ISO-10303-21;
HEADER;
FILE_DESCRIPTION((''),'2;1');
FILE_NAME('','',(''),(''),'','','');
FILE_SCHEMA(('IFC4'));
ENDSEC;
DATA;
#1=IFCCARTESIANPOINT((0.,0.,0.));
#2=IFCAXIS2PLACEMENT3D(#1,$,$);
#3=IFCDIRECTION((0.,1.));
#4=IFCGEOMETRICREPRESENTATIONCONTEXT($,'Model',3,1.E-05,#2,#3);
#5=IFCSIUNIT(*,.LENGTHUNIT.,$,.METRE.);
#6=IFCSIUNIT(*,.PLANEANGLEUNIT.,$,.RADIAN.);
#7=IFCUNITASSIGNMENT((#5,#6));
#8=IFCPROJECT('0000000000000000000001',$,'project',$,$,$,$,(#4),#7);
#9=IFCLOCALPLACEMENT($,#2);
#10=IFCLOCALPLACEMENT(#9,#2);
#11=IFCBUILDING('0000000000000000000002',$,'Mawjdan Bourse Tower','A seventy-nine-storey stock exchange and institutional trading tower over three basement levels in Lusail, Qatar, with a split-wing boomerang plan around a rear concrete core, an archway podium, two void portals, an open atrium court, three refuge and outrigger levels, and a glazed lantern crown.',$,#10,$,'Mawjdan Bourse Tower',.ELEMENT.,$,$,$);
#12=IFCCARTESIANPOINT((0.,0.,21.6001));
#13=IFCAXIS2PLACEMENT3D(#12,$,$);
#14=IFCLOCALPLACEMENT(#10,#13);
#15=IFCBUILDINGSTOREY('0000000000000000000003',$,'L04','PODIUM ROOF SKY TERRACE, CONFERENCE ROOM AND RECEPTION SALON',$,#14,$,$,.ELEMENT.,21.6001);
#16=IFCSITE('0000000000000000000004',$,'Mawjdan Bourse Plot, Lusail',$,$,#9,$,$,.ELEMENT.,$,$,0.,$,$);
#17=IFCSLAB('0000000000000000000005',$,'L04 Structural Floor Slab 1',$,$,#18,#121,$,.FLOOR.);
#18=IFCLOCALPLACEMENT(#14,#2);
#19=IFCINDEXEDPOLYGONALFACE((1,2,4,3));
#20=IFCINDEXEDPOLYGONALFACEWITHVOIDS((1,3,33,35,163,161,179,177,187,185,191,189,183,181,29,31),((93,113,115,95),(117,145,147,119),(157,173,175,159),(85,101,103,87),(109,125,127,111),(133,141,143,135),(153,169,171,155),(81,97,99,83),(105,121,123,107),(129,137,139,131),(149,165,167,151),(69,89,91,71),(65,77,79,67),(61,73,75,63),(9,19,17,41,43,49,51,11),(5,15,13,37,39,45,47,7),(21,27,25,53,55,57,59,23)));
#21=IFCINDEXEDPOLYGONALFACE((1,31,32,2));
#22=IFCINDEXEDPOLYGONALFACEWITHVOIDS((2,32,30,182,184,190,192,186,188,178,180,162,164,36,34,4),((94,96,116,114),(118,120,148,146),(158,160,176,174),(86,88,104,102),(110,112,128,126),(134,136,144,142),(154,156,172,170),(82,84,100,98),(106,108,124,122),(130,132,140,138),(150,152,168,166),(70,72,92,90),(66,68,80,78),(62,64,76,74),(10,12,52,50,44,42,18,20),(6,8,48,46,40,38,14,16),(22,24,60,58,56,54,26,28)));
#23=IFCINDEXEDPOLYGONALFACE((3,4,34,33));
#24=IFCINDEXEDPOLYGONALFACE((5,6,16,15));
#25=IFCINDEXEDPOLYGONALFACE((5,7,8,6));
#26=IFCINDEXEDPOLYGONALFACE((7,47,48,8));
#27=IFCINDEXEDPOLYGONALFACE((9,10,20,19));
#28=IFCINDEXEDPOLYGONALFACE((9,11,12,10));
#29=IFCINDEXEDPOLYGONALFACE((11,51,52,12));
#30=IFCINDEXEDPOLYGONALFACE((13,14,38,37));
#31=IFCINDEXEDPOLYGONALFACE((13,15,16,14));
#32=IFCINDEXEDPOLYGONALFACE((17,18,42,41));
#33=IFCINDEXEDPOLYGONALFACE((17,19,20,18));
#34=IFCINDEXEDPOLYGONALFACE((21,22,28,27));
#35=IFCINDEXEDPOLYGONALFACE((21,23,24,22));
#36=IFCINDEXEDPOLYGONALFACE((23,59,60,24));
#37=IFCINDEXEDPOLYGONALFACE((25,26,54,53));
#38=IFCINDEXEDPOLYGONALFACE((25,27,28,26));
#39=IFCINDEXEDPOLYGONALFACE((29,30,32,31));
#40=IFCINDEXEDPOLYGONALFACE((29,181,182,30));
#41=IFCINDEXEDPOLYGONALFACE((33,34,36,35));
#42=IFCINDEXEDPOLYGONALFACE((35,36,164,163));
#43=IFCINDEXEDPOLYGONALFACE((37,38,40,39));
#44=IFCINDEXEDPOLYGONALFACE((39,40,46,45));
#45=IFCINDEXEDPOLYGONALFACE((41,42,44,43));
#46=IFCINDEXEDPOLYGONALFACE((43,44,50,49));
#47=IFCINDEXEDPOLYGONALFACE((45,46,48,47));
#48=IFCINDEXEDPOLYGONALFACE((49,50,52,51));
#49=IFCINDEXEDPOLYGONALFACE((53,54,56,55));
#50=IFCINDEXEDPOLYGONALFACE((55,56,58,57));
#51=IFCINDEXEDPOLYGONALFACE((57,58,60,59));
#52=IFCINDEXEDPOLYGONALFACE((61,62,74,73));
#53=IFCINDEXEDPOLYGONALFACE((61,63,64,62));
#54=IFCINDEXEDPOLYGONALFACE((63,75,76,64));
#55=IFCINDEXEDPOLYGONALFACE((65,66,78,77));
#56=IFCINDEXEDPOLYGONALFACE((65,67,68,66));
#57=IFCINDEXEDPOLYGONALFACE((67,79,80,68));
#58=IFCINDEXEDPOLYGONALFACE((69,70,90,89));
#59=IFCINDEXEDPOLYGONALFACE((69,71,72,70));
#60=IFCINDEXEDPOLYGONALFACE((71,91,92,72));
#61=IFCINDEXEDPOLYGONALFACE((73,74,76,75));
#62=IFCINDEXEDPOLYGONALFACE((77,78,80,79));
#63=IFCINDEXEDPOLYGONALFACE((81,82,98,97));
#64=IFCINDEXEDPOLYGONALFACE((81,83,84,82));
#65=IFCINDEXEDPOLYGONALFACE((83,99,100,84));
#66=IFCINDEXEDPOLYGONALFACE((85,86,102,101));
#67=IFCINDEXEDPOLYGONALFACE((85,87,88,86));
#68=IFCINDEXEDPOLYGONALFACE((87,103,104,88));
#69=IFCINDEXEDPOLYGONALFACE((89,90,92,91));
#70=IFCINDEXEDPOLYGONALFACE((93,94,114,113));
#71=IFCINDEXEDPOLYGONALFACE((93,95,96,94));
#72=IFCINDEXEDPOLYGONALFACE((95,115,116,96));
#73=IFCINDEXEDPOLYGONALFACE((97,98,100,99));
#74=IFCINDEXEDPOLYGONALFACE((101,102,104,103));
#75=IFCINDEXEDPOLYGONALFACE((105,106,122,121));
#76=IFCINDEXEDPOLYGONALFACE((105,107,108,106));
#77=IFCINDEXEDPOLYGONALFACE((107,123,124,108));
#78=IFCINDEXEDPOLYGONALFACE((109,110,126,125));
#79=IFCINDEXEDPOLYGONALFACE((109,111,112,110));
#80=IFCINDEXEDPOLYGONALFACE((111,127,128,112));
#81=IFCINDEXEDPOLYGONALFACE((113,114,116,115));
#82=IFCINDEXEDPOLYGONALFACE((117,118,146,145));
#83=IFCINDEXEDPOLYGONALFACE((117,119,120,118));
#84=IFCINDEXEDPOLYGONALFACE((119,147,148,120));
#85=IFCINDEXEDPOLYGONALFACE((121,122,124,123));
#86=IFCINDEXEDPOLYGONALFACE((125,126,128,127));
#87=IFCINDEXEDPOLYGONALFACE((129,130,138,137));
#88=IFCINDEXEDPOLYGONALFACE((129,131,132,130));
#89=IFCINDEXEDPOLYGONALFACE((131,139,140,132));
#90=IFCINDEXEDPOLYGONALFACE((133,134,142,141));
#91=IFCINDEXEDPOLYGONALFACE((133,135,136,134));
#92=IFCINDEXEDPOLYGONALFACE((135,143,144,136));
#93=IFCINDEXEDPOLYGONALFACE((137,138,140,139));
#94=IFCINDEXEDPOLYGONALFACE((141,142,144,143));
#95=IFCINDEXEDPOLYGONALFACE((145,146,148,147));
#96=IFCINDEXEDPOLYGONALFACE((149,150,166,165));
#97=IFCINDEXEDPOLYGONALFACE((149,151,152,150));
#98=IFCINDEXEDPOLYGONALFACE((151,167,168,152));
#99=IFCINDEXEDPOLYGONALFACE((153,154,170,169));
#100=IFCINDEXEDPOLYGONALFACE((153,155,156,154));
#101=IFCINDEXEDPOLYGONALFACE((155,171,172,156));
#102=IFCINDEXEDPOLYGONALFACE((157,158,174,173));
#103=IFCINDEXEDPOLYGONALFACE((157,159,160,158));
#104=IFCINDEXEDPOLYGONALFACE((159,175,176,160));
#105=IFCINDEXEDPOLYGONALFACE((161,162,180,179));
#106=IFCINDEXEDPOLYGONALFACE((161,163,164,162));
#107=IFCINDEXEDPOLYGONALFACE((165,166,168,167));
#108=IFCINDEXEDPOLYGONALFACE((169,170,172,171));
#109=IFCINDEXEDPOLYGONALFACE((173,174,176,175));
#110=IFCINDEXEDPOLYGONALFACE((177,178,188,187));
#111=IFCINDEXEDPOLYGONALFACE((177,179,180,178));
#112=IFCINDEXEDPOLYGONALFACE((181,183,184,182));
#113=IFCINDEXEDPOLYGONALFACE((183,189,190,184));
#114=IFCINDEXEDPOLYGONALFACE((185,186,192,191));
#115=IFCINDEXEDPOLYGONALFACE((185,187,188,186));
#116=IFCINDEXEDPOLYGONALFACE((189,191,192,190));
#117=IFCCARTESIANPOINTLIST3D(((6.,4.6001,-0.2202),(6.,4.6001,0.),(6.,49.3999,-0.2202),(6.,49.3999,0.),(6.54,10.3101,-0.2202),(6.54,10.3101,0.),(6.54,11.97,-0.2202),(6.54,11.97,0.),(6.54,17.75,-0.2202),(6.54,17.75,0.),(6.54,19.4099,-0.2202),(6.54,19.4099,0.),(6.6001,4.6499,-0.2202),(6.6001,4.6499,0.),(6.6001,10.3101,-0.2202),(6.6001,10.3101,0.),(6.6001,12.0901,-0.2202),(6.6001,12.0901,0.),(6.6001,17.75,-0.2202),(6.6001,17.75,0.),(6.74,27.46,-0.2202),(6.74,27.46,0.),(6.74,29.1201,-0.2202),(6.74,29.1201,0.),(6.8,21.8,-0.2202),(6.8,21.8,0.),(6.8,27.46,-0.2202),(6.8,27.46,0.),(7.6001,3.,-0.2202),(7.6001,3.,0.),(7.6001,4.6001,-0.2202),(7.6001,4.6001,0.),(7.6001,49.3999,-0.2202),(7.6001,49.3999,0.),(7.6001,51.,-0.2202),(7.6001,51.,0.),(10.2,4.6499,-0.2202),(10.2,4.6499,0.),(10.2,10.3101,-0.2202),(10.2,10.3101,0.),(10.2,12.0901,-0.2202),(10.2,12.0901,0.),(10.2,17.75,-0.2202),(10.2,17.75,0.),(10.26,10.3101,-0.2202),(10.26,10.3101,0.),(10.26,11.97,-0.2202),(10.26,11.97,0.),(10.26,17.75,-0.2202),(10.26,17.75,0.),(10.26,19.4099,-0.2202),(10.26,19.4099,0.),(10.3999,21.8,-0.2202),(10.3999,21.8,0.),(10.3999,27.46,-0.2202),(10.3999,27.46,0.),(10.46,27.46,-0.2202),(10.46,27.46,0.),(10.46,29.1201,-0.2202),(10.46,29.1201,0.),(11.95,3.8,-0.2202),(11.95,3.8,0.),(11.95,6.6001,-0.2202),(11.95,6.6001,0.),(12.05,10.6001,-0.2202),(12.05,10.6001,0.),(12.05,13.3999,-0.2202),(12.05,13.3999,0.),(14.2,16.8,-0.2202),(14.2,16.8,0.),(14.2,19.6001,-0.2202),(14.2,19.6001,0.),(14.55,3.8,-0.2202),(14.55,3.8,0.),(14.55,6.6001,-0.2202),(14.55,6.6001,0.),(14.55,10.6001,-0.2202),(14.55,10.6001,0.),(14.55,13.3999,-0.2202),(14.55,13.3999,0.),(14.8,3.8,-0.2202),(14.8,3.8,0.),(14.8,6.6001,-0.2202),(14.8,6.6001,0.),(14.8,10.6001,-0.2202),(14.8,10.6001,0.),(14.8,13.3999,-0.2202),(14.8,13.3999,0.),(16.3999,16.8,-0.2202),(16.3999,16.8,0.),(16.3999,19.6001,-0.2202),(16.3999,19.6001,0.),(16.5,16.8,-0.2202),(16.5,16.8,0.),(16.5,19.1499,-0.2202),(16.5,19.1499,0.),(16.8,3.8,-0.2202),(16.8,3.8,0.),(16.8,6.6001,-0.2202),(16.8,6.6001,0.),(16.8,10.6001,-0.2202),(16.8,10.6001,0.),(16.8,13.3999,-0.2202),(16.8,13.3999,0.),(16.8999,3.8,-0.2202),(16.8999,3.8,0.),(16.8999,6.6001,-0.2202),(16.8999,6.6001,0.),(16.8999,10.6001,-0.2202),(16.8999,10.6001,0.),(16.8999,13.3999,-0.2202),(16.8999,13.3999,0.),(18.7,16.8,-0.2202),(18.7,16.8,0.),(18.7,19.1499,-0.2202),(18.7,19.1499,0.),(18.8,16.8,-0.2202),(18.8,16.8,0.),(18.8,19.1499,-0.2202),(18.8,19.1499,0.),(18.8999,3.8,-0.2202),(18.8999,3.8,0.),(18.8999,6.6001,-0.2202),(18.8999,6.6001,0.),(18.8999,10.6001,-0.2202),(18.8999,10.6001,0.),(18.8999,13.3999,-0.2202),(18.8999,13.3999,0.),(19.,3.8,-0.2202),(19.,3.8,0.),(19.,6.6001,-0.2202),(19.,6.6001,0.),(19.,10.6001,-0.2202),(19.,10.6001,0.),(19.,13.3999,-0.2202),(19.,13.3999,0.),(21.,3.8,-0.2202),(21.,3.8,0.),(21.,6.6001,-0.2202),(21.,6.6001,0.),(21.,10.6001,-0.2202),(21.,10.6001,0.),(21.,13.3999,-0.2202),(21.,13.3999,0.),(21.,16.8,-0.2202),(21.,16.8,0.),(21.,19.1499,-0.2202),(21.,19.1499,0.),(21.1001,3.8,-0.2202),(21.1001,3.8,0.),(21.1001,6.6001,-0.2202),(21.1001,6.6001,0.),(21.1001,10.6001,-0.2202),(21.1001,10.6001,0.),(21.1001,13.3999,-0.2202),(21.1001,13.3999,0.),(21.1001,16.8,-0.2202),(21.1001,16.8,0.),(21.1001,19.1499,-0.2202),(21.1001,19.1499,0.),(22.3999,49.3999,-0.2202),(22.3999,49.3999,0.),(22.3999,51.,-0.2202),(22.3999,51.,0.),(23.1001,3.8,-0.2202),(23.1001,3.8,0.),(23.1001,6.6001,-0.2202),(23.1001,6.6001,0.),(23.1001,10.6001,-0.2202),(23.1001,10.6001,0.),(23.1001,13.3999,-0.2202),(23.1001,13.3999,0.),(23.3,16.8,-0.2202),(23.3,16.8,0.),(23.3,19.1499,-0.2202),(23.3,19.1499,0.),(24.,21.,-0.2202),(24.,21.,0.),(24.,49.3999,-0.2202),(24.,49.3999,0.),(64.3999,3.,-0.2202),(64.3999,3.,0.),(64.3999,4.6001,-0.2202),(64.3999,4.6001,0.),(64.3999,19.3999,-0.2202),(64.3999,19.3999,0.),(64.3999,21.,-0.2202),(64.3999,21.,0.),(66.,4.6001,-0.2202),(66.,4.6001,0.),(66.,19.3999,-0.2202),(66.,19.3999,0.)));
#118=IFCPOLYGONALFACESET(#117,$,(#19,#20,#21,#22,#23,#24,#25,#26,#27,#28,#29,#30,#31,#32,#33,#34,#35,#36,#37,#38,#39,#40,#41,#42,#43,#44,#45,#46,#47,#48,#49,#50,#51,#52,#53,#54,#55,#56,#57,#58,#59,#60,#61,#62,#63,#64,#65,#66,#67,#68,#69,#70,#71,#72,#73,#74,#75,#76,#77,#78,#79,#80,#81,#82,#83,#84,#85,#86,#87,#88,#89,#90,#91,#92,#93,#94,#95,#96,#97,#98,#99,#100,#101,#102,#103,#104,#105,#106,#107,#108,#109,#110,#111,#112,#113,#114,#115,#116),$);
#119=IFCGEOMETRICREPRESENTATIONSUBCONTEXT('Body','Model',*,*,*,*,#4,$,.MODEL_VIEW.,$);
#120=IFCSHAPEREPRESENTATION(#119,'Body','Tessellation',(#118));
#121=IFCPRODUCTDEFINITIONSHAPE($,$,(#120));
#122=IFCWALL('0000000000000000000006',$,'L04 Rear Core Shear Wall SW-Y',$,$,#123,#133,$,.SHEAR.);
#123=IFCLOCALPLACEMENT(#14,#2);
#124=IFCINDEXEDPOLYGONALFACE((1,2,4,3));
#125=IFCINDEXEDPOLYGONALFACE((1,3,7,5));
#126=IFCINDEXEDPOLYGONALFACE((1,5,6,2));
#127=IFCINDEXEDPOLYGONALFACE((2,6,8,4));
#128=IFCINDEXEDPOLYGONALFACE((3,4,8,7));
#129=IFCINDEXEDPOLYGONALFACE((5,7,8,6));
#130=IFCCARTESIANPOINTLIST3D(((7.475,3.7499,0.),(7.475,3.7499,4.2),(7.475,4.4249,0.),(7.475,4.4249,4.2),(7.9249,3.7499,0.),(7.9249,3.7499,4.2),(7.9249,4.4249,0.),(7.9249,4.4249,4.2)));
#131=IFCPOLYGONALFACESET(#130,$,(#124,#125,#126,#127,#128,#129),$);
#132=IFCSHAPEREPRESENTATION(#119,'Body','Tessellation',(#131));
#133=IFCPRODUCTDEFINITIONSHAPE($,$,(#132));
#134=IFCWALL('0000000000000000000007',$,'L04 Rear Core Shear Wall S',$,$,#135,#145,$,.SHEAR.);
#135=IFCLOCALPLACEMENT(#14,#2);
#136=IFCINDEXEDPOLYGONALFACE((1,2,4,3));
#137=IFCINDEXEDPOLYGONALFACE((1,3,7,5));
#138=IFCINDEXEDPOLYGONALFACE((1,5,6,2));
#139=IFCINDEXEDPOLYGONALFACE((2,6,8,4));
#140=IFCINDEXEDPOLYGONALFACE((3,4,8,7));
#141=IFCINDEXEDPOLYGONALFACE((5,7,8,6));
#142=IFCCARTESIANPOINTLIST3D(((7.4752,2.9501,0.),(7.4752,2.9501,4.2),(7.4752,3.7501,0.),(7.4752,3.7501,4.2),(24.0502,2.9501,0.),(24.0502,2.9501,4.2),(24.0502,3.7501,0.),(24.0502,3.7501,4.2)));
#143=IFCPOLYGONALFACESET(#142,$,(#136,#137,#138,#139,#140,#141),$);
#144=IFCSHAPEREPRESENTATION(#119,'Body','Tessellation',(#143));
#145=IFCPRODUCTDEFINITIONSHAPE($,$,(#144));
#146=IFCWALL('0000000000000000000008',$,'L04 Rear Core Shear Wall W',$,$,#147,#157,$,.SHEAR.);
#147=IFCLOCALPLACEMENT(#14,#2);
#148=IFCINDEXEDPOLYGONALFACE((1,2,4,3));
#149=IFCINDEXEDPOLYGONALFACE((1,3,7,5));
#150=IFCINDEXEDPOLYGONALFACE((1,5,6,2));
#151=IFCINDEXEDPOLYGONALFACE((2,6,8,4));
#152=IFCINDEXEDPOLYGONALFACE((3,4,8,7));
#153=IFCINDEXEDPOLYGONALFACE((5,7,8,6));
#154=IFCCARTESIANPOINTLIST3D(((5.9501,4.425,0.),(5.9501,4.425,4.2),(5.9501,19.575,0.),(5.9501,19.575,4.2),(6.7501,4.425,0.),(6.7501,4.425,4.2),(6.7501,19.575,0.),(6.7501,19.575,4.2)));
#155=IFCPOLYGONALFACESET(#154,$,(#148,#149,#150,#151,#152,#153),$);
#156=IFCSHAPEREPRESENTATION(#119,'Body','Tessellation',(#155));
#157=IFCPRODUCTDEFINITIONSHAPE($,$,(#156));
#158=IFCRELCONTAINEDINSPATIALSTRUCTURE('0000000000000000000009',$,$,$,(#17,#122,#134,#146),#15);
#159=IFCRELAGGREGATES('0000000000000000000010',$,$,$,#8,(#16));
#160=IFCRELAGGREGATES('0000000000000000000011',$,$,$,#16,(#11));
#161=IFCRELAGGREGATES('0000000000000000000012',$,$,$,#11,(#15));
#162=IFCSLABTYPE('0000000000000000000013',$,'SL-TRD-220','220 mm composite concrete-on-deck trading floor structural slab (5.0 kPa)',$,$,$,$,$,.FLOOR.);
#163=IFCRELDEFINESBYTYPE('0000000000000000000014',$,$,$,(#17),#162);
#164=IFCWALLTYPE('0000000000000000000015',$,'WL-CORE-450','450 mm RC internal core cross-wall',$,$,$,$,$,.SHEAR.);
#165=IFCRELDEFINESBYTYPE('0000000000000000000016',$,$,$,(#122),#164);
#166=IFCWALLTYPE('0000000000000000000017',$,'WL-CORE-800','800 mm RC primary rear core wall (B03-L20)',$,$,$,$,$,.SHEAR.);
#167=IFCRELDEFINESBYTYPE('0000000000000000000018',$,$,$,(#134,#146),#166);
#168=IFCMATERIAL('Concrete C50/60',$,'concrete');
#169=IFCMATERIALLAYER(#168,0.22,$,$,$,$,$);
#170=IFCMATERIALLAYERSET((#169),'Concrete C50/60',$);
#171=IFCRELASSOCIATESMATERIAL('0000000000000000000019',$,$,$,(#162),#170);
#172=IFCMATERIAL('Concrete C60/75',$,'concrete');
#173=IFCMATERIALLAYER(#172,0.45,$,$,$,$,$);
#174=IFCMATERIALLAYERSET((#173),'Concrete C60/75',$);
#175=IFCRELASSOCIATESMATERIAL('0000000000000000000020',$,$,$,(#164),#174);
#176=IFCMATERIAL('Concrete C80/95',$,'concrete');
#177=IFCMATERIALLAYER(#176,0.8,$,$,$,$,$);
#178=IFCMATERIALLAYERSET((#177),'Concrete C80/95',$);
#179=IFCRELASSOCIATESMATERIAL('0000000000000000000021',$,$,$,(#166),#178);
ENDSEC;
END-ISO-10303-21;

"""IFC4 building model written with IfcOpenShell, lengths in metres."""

from ifc_helpers import new_model, si_unit, direction, frame, frame_2d, origin, place, context, subcontext, project, spatial, polyline, rectangle, outline, extrude, material, layer, layer_set, type_object, element, save


model = new_model("IFC4")

# Units and contexts
model_context = context("Model", 3, precision=1e-05, world=origin(), true_north=direction((0.0, 1.0)))
body_context = subcontext(model_context, "Body", "Model", "MODEL_VIEW")
ifc_project = project(units=[si_unit("LENGTHUNIT", "METRE"), si_unit("PLANEANGLEUNIT", "RADIAN")], contexts=[model_context])

# Site, building, storey
site_placement = place(None, origin())
site = spatial("IfcSite", under=ifc_project, at=site_placement, Name="Mawjdan Bourse Plot, Lusail", CompositionType="ELEMENT", RefElevation=0.0)
building_placement = place(site_placement, origin())
building = spatial("IfcBuilding", under=site, at=building_placement, Name="Mawjdan Bourse Tower", Description="A seventy-nine-storey stock exchange and institutional trading tower over three basement levels in Lusail, Qatar, with a split-wing boomerang plan around a rear concrete core, an archway podium, two void portals, an open atrium court, three refuge and outrigger levels, and a glazed lantern crown.", LongName="Mawjdan Bourse Tower", CompositionType="ELEMENT")
storey_placement = place(building_placement, frame((0.0, 0.0, 21.6001)))
storey = spatial("IfcBuildingStorey", under=building, at=storey_placement, Name="L04", Description="PODIUM ROOF SKY TERRACE, CONFERENCE ROOM AND RECEPTION SALON", CompositionType="ELEMENT", Elevation=21.6001)

# Shared definitions
ifc_material_1 = material(Name="Concrete C50/60", Category="concrete")

# Slab
ifc_layer_1 = layer(ifc_material_1, 0.22)
ifc_layer_set_1 = layer_set([ifc_layer_1], Name="Concrete C50/60")
slab_type_1 = type_object("IfcSlabType", Name="SL-TRD-220", Description="220 mm composite concrete-on-deck trading floor structural slab (5.0 kPa)", PredefinedType="FLOOR", material=ifc_layer_set_1)
slab_1_placement = place(storey_placement, frame((0.0, 0.0, -0.2202)))
element("IfcSlab", 1, at=slab_1_placement, inside=storey, type_object=slab_type_1, Name="L04 Structural Floor Slab 1", PredefinedType="FLOOR", context=body_context, shape_type="SweptSolid", body=[
    extrude(outline(polyline([(7.6001, 3.0), (64.3999, 3.0), (64.3999, 4.6001), (66.0, 4.6001), (66.0, 19.3999), (64.3999, 19.3999), (64.3999, 21.0), (24.0, 21.0), (24.0, 49.3999), (22.3999, 49.3999), (22.3999, 51.0), (7.6001, 51.0), (7.6001, 49.3999), (6.0, 49.3999), (6.0, 4.6001), (7.6001, 4.6001), (7.6001, 3.0)]), holes=[polyline([(11.95, 3.8), (11.95, 6.6001), (14.55, 6.6001), (14.55, 3.8), (11.95, 3.8)]), polyline([(14.8, 3.8), (14.8, 6.6001), (16.8, 6.6001), (16.8, 3.8), (14.8, 3.8)]), polyline([(10.26, 11.97), (10.26, 10.3101), (10.2, 10.3101), (10.2, 4.6499), (6.6001, 4.6499), (6.6001, 10.3101), (6.54, 10.3101), (6.54, 11.97), (10.26, 11.97)]), polyline([(12.05, 13.3999), (14.55, 13.3999), (14.55, 10.6001), (12.05, 10.6001), (12.05, 13.3999)]), polyline([(6.6001, 17.75), (6.54, 17.75), (6.54, 19.4099), (10.26, 19.4099), (10.26, 17.75), (10.2, 17.75), (10.2, 12.0901), (6.6001, 12.0901), (6.6001, 17.75)]), polyline([(14.2, 16.8), (14.2, 19.6001), (16.3999, 19.6001), (16.3999, 16.8), (14.2, 16.8)]), polyline([(10.46, 27.46), (10.3999, 27.46), (10.3999, 21.8), (6.8, 21.8), (6.8, 27.46), (6.74, 27.46), (6.74, 29.1201), (10.46, 29.1201), (10.46, 27.46)]), polyline([(16.8999, 3.8), (16.8999, 6.6001), (18.8999, 6.6001), (18.8999, 3.8), (16.8999, 3.8)]), polyline([(19.0, 3.8), (19.0, 6.6001), (21.0, 6.6001), (21.0, 3.8), (19.0, 3.8)]), polyline([(21.1001, 3.8), (21.1001, 6.6001), (23.1001, 6.6001), (23.1001, 3.8), (21.1001, 3.8)]), polyline([(14.8, 13.3999), (16.8, 13.3999), (16.8, 10.6001), (14.8, 10.6001), (14.8, 13.3999)]), polyline([(16.8999, 13.3999), (18.8999, 13.3999), (18.8999, 10.6001), (16.8999, 10.6001), (16.8999, 13.3999)]), polyline([(19.0, 10.6001), (19.0, 13.3999), (21.0, 13.3999), (21.0, 10.6001), (19.0, 10.6001)]), polyline([(21.1001, 10.6001), (21.1001, 13.3999), (23.1001, 13.3999), (23.1001, 10.6001), (21.1001, 10.6001)]), polyline([(16.5, 16.8), (16.5, 19.1499), (18.7, 19.1499), (18.7, 16.8), (16.5, 16.8)]), polyline([(18.8, 19.1499), (21.0, 19.1499), (21.0, 16.8), (18.8, 16.8), (18.8, 19.1499)]), polyline([(21.1001, 19.1499), (23.3, 19.1499), (23.3, 16.8), (21.1001, 16.8), (21.1001, 19.1499)])]), origin(), (0.0, 0.0, 1.0), 0.2202),
])

# Walls
ifc_material_2 = material(Name="Concrete C60/75", Category="concrete")
ifc_layer_2 = layer(ifc_material_2, 0.45)
ifc_layer_set_2 = layer_set([ifc_layer_2], Name="Concrete C60/75")
wall_type_1 = type_object("IfcWallType", Name="WL-CORE-450", Description="450 mm RC internal core cross-wall", PredefinedType="SHEAR", material=ifc_layer_set_2)
wall_1_placement = place(storey_placement, frame((7.7, 3.75, 0.0), z_axis=(0.0, 0.0, 1.0), x_axis=(0.0, 1.0, 0.0)))
element("IfcWall", 2, at=wall_1_placement, inside=storey, type_object=wall_type_1, Name="L04 Rear Core Shear Wall SW-Y", PredefinedType="SHEAR", context=body_context, shape_type="SweptSolid", body=[
    extrude(rectangle(XDim=0.675, YDim=0.45, at=frame_2d((0.3374, 0.0))), origin(), (0.0, 0.0, 1.0), 4.2),
])
ifc_material_3 = material(Name="Concrete C80/95", Category="concrete")
ifc_layer_3 = layer(ifc_material_3, 0.8)
ifc_layer_set_3 = layer_set([ifc_layer_3], Name="Concrete C80/95")
wall_type_2 = type_object("IfcWallType", Name="WL-CORE-800", Description="800 mm RC primary rear core wall (B03-L20)", PredefinedType="SHEAR", material=ifc_layer_set_3)
wall_2_placement = place(storey_placement, frame((7.4751, 3.3501, 0.0), z_axis=(0.0, 0.0, 1.0), x_axis=(1.0, 0.0, 0.0)))
element("IfcWall", 3, at=wall_2_placement, inside=storey, type_object=wall_type_2, Name="L04 Rear Core Shear Wall S", PredefinedType="SHEAR", context=body_context, shape_type="SweptSolid", body=[
    extrude(rectangle(XDim=16.575, YDim=0.8, at=frame_2d((8.2876, 0.0))), origin(), (0.0, 0.0, 1.0), 4.2),
])
wall_3_placement = place(storey_placement, frame((6.3501, 4.425, 0.0), z_axis=(0.0, 0.0, 1.0), x_axis=(0.0, 1.0, 0.0)))
element("IfcWall", 4, at=wall_3_placement, inside=storey, type_object=wall_type_2, Name="L04 Rear Core Shear Wall W", PredefinedType="SHEAR", context=body_context, shape_type="SweptSolid", body=[
    extrude(rectangle(XDim=15.1499, YDim=0.8, at=frame_2d((7.575, 0.0))), origin(), (0.0, 0.0, 1.0), 4.2),
])

save(model, "model.ifc")
